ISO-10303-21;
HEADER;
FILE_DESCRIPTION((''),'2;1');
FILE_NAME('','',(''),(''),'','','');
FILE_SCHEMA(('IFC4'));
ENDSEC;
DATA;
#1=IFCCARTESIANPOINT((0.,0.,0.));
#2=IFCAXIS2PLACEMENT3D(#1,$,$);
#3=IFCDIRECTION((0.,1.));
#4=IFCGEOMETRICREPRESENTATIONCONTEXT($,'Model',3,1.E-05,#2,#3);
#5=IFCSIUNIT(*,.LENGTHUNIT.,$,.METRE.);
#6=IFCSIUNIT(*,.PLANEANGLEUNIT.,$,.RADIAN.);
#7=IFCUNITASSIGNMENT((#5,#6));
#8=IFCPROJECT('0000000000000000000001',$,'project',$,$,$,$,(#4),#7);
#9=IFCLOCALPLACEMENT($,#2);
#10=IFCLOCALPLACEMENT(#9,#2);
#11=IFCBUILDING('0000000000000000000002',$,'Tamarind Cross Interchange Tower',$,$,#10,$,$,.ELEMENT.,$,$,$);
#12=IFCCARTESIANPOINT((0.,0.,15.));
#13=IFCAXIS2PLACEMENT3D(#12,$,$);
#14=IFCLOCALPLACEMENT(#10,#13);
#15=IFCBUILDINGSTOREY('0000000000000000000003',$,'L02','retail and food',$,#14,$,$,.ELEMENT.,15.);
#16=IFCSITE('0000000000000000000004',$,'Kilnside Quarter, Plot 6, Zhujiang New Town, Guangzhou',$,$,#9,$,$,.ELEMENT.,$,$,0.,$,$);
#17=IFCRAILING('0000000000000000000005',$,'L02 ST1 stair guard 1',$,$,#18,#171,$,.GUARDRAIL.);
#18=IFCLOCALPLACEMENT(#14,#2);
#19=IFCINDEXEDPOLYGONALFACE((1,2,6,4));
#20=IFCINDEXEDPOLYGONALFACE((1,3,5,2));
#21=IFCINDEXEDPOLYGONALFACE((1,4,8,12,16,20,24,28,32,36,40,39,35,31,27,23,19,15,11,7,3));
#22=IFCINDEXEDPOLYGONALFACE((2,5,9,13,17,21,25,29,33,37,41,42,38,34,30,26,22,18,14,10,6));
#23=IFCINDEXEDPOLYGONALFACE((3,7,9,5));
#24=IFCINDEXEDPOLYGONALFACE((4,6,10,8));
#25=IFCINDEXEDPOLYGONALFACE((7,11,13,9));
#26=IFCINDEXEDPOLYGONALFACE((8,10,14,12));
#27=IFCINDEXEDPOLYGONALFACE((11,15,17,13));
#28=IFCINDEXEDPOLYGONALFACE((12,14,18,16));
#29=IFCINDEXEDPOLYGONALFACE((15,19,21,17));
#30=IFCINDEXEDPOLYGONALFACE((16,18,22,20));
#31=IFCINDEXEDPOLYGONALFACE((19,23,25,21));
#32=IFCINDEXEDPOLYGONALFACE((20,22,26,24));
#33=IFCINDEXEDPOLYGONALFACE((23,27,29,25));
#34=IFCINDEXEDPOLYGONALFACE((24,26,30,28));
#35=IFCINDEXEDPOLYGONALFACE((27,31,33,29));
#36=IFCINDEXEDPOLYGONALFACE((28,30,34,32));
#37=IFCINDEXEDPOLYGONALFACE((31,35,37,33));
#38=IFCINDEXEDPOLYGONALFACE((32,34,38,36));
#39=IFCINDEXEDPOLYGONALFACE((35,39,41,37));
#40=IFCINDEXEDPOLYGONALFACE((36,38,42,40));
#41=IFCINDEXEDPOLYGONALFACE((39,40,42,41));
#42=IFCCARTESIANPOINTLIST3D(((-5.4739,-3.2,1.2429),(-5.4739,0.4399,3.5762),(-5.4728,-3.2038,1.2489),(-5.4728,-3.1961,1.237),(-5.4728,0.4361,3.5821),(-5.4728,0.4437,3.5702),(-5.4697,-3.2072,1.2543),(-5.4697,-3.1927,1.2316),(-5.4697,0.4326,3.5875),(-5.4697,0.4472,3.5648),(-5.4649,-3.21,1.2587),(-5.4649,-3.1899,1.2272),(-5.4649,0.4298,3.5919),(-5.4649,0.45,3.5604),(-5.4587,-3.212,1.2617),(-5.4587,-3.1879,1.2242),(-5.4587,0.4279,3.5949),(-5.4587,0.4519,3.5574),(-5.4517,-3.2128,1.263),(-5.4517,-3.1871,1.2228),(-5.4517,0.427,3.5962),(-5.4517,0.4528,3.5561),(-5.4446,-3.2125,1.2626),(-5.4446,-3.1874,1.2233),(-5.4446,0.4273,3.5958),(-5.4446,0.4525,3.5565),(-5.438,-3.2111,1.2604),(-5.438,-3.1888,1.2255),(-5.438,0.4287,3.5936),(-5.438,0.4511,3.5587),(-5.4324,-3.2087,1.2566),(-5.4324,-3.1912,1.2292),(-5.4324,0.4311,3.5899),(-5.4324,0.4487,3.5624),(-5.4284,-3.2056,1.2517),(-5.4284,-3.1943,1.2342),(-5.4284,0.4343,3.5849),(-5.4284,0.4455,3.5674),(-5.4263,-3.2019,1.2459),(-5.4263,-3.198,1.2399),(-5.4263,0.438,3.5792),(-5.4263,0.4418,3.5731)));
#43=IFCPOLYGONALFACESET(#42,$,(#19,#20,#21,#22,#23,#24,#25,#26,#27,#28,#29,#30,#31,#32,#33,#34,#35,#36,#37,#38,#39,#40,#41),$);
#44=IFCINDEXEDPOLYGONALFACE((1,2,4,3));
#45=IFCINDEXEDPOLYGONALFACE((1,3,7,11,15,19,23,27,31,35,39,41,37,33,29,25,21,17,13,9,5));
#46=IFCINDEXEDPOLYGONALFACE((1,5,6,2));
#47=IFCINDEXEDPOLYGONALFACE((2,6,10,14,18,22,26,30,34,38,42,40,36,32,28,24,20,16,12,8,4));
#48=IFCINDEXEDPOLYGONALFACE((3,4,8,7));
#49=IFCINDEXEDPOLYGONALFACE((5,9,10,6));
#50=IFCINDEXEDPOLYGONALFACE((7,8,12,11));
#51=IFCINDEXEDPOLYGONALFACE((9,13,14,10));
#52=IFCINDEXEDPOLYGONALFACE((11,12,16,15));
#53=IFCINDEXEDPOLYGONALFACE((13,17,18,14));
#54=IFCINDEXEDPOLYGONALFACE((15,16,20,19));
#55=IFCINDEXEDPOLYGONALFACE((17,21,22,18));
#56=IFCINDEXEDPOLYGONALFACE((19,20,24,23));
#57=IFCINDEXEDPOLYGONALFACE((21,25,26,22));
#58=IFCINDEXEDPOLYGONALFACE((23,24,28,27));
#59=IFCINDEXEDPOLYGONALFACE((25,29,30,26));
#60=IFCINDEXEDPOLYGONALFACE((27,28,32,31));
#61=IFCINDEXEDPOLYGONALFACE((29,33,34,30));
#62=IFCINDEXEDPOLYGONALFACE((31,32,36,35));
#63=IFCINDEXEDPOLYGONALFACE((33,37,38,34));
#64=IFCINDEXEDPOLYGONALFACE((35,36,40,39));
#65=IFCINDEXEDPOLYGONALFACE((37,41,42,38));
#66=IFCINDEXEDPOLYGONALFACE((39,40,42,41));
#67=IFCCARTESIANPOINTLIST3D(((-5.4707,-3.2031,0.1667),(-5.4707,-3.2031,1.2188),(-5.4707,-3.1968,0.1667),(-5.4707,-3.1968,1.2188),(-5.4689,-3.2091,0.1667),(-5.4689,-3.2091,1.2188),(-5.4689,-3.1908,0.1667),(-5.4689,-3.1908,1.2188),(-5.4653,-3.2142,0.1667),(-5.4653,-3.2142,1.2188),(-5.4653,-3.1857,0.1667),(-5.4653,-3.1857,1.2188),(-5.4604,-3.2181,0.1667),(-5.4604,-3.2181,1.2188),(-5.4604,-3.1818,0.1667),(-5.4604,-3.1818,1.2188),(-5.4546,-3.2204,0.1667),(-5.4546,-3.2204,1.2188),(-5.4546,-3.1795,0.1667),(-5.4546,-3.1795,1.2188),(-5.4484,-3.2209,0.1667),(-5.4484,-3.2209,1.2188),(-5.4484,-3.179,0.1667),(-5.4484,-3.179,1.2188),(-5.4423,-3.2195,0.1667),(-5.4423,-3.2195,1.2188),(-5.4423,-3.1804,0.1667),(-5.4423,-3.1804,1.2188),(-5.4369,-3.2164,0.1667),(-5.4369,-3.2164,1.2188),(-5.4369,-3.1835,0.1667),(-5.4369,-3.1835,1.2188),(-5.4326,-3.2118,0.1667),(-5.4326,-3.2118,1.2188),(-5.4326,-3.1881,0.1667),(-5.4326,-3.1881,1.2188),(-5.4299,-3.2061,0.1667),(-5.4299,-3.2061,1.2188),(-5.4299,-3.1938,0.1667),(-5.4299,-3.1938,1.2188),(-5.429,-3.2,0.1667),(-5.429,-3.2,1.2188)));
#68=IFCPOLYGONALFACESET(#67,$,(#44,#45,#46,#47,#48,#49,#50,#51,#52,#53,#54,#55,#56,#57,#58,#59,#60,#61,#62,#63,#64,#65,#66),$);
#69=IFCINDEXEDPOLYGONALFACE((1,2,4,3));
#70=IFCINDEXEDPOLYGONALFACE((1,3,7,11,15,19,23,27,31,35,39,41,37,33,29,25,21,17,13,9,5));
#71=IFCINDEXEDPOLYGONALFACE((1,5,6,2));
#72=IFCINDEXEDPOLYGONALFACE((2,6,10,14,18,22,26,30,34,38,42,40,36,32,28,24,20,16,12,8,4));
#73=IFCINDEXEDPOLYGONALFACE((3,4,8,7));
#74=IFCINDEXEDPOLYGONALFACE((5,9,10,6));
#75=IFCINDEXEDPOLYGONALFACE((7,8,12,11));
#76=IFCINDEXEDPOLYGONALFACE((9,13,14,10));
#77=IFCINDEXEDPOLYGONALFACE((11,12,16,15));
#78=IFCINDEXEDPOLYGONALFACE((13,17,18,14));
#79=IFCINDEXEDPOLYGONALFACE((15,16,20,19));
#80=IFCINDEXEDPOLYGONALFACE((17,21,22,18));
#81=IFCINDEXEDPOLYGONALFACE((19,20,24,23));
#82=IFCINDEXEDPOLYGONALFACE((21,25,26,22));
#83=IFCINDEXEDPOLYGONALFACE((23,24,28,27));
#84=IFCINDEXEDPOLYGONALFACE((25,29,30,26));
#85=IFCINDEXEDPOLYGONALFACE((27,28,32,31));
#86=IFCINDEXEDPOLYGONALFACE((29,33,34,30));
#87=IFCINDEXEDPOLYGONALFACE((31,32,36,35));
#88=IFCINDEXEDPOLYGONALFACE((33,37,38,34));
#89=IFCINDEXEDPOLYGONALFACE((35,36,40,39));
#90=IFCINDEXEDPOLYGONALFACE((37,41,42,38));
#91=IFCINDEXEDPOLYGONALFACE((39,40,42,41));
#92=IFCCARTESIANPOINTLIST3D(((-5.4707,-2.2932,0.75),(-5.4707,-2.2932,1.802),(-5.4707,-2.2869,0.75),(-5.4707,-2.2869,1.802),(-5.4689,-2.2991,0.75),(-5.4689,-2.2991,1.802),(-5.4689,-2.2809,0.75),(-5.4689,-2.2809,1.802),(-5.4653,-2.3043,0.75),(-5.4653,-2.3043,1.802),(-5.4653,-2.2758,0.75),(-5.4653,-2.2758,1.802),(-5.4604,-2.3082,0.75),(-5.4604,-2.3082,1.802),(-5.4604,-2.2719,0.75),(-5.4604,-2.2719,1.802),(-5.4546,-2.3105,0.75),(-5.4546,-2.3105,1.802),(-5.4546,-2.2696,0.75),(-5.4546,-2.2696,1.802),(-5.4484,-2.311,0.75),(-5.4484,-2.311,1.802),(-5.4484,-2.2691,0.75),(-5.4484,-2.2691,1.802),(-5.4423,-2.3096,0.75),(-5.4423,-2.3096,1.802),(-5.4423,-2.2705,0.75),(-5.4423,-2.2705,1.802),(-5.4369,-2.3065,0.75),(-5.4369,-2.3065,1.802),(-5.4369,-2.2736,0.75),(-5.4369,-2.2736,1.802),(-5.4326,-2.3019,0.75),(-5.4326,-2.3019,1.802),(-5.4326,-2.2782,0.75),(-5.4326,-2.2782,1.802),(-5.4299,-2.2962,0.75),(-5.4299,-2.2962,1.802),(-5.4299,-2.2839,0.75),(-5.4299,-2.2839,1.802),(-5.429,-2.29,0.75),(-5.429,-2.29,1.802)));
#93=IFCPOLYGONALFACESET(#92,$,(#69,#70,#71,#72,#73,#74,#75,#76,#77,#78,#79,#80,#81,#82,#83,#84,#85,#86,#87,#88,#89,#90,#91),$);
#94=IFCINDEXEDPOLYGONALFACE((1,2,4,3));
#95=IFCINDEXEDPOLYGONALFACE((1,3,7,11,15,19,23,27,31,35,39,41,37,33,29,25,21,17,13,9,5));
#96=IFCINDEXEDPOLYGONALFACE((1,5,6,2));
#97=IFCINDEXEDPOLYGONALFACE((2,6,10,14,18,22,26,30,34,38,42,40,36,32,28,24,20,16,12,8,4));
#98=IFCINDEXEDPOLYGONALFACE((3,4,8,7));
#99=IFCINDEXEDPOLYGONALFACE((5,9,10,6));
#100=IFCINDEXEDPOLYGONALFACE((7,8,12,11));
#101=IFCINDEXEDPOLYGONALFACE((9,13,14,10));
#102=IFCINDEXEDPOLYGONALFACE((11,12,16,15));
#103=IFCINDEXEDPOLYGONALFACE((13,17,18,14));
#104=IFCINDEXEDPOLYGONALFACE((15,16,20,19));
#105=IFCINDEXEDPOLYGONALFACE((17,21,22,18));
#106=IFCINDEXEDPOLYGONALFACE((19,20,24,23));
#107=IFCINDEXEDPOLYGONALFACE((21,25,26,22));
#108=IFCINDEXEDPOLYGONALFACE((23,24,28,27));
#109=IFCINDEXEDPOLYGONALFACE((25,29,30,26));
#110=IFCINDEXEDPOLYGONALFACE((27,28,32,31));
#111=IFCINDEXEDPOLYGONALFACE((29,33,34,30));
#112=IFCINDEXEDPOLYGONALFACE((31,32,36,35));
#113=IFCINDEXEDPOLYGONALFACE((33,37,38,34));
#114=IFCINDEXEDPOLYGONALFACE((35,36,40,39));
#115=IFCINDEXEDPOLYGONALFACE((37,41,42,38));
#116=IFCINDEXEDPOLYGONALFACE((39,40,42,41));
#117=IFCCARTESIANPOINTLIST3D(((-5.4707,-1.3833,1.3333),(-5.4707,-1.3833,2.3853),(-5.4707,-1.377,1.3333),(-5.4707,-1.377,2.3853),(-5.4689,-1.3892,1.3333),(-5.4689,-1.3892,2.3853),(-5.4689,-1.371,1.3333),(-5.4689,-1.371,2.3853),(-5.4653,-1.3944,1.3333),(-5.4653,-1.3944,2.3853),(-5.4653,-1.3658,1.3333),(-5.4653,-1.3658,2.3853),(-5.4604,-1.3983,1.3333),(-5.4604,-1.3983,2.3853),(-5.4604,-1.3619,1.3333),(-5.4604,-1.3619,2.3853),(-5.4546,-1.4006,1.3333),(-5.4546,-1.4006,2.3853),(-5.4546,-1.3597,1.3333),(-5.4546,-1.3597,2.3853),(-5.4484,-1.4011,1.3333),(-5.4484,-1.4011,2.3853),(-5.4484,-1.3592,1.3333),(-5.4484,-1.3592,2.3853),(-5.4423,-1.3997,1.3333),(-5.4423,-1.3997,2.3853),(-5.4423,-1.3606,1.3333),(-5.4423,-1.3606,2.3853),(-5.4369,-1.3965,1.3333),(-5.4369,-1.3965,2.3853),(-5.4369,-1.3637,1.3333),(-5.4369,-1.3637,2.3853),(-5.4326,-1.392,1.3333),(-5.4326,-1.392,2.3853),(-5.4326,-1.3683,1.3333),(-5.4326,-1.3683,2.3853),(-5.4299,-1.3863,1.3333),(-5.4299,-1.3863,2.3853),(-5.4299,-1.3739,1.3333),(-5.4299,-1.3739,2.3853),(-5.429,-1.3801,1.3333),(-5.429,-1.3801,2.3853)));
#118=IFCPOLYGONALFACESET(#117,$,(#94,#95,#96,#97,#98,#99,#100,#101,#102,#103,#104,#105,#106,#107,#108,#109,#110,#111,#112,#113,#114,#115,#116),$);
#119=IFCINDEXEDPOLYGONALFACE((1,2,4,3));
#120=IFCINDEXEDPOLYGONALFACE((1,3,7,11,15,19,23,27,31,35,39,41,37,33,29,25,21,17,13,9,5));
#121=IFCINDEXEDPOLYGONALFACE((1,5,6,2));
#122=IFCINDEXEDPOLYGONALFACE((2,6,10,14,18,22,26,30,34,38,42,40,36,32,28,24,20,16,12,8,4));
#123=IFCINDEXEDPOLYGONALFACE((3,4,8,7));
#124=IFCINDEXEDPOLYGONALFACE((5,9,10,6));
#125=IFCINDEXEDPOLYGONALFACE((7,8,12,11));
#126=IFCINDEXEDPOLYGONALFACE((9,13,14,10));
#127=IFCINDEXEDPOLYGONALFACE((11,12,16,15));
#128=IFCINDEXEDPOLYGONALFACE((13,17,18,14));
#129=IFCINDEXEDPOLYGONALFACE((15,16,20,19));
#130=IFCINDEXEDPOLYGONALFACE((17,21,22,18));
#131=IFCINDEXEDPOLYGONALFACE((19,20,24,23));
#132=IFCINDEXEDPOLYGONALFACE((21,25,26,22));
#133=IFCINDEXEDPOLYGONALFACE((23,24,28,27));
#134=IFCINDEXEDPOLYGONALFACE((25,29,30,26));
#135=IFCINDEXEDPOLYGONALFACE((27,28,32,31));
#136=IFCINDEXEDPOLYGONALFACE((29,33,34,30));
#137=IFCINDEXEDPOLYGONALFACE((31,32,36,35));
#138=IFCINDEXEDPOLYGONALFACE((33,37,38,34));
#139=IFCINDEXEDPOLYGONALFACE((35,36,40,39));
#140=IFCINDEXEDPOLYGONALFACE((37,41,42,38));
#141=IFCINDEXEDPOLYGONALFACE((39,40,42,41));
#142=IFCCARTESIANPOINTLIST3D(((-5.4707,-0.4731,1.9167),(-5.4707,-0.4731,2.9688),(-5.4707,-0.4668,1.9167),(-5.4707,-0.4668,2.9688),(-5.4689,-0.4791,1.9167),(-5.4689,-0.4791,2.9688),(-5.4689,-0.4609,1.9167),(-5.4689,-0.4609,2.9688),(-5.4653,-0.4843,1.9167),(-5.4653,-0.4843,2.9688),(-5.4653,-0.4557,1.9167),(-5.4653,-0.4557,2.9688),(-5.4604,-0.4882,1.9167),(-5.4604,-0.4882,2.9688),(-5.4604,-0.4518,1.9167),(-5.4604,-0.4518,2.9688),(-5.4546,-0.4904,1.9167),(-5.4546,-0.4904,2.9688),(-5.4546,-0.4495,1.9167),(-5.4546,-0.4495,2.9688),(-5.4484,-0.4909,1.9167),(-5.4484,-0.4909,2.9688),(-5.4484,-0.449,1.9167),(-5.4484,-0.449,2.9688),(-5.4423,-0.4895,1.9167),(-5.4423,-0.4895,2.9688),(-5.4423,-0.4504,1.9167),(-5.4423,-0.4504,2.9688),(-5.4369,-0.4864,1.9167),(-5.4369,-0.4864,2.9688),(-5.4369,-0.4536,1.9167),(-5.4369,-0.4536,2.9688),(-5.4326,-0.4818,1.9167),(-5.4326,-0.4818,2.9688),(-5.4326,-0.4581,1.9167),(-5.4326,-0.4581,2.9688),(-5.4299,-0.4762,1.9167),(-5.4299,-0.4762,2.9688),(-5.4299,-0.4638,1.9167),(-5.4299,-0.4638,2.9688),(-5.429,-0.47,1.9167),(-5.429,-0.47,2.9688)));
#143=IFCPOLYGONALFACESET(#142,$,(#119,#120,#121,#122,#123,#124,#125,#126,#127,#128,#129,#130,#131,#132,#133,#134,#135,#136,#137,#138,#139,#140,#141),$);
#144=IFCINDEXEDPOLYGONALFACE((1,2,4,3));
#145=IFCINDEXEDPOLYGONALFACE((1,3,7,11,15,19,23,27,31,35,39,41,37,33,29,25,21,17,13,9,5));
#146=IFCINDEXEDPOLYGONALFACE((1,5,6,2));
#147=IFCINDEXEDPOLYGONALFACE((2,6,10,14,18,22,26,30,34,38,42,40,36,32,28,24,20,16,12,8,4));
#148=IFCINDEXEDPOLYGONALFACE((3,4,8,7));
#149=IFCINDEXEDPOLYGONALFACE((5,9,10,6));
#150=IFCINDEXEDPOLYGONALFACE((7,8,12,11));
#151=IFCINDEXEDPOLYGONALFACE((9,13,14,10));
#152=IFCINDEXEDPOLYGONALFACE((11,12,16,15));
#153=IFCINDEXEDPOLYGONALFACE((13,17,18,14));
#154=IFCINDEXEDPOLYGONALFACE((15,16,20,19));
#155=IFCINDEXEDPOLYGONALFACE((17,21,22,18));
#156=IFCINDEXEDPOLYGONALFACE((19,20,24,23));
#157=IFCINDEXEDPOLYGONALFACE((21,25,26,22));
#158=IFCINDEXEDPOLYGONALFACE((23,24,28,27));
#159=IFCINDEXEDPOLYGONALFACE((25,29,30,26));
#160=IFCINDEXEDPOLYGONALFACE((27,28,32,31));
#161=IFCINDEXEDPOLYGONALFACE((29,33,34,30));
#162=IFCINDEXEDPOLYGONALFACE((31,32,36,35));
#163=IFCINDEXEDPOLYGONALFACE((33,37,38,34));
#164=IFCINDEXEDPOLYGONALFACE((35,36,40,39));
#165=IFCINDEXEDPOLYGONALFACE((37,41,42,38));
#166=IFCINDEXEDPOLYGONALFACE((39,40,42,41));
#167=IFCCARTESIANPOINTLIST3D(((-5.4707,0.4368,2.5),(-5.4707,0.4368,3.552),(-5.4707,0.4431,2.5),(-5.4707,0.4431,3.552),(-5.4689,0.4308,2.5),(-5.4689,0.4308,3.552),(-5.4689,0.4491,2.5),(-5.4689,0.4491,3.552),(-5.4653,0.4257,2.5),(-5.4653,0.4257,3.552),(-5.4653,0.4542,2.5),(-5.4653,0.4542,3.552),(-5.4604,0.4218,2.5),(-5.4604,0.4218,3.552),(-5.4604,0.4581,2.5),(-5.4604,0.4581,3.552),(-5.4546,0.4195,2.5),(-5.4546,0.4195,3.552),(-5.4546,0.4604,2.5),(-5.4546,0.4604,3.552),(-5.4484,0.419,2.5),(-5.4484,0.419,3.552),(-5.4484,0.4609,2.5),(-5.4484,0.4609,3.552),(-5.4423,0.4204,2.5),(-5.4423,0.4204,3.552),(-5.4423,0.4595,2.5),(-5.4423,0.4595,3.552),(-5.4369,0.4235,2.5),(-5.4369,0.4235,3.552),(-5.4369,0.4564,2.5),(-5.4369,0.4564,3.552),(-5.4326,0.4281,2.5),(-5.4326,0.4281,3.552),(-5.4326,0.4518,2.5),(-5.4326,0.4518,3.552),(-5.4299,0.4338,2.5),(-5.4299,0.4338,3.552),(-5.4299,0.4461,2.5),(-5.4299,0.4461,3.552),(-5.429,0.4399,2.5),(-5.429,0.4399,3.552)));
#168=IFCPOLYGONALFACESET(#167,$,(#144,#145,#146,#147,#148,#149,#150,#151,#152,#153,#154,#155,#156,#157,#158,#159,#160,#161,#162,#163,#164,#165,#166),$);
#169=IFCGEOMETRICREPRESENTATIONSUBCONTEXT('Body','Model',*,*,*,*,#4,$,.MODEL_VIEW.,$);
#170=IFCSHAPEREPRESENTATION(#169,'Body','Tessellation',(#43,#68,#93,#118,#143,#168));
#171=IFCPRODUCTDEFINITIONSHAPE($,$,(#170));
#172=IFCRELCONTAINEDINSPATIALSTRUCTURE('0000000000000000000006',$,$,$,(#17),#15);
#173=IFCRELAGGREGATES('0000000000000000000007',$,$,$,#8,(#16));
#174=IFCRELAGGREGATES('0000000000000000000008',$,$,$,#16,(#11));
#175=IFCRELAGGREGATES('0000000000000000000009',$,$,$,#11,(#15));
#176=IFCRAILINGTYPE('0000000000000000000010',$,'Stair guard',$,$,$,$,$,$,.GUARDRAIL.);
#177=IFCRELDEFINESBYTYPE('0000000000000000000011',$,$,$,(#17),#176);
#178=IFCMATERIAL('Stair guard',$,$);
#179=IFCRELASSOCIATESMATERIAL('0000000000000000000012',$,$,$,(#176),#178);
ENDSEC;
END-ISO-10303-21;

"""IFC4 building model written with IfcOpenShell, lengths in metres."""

from ifc_helpers import new_model, si_unit, direction, frame, origin, origin_2d, place, context, subcontext, project, spatial, circle, extrude, material, type_object, element, save


model = new_model("IFC4")

# Units and contexts
model_context = context("Model", 3, precision=1e-05, world=origin(), true_north=direction((0.0, 1.0)))
body_context = subcontext(model_context, "Body", "Model", "MODEL_VIEW")
ifc_project = project(units=[si_unit("LENGTHUNIT", "METRE"), si_unit("PLANEANGLEUNIT", "RADIAN")], contexts=[model_context])

# Site, building, storey
site_placement = place(None, origin())
site = spatial("IfcSite", under=ifc_project, at=site_placement, Name="Kilnside Quarter, Plot 6, Zhujiang New Town, Guangzhou", CompositionType="ELEMENT", RefElevation=0.0)
building_placement = place(site_placement, origin())
building = spatial("IfcBuilding", under=site, at=building_placement, Name="Tamarind Cross Interchange Tower", CompositionType="ELEMENT")
storey_placement = place(building_placement, frame((0.0, 0.0, 15.0)))
storey = spatial("IfcBuildingStorey", under=building, at=storey_placement, Name="L02", Description="retail and food", CompositionType="ELEMENT", Elevation=15.0)

# Railing
ifc_material_1 = material(Name="Stair guard")
railing_type_1 = type_object("IfcRailingType", Name="Stair guard", PredefinedType="GUARDRAIL", material=ifc_material_1)
railing_1_placement = place(storey_placement, frame((-5.45, -3.2, 0.1667)))
element("IfcRailing", 1, at=railing_1_placement, inside=storey, type_object=railing_type_1, Name="L02 ST1 stair guard 1", PredefinedType="GUARDRAIL", context=body_context, shape_type="SweptSolid", body=[
    extrude(circle(Radius=0.0239, at=origin_2d()), frame((0.0, 0.0, 1.0762), z_axis=(0.0, 0.84188, 0.539664), x_axis=(-1.0, 0.0, 0.0)), (0.0, 0.0, 1.0), 4.3235),
    extrude(circle(Radius=0.021, at=origin_2d()), origin(), (0.0, 0.0, 1.0), 1.052),
    extrude(circle(Radius=0.021, at=origin_2d()), frame((0.0, 0.9099, 0.5833)), (0.0, 0.0, 1.0), 1.052),
    extrude(circle(Radius=0.021, at=origin_2d()), frame((0.0, 1.8198, 1.1665)), (0.0, 0.0, 1.0), 1.052),
    extrude(circle(Radius=0.021, at=origin_2d()), frame((0.0, 2.73, 1.75)), (0.0, 0.0, 1.0), 1.052),
    extrude(circle(Radius=0.021, at=origin_2d()), frame((0.0, 3.6399, 2.3333)), (0.0, 0.0, 1.0), 1.052),
])

save(model, "model.ifc")
